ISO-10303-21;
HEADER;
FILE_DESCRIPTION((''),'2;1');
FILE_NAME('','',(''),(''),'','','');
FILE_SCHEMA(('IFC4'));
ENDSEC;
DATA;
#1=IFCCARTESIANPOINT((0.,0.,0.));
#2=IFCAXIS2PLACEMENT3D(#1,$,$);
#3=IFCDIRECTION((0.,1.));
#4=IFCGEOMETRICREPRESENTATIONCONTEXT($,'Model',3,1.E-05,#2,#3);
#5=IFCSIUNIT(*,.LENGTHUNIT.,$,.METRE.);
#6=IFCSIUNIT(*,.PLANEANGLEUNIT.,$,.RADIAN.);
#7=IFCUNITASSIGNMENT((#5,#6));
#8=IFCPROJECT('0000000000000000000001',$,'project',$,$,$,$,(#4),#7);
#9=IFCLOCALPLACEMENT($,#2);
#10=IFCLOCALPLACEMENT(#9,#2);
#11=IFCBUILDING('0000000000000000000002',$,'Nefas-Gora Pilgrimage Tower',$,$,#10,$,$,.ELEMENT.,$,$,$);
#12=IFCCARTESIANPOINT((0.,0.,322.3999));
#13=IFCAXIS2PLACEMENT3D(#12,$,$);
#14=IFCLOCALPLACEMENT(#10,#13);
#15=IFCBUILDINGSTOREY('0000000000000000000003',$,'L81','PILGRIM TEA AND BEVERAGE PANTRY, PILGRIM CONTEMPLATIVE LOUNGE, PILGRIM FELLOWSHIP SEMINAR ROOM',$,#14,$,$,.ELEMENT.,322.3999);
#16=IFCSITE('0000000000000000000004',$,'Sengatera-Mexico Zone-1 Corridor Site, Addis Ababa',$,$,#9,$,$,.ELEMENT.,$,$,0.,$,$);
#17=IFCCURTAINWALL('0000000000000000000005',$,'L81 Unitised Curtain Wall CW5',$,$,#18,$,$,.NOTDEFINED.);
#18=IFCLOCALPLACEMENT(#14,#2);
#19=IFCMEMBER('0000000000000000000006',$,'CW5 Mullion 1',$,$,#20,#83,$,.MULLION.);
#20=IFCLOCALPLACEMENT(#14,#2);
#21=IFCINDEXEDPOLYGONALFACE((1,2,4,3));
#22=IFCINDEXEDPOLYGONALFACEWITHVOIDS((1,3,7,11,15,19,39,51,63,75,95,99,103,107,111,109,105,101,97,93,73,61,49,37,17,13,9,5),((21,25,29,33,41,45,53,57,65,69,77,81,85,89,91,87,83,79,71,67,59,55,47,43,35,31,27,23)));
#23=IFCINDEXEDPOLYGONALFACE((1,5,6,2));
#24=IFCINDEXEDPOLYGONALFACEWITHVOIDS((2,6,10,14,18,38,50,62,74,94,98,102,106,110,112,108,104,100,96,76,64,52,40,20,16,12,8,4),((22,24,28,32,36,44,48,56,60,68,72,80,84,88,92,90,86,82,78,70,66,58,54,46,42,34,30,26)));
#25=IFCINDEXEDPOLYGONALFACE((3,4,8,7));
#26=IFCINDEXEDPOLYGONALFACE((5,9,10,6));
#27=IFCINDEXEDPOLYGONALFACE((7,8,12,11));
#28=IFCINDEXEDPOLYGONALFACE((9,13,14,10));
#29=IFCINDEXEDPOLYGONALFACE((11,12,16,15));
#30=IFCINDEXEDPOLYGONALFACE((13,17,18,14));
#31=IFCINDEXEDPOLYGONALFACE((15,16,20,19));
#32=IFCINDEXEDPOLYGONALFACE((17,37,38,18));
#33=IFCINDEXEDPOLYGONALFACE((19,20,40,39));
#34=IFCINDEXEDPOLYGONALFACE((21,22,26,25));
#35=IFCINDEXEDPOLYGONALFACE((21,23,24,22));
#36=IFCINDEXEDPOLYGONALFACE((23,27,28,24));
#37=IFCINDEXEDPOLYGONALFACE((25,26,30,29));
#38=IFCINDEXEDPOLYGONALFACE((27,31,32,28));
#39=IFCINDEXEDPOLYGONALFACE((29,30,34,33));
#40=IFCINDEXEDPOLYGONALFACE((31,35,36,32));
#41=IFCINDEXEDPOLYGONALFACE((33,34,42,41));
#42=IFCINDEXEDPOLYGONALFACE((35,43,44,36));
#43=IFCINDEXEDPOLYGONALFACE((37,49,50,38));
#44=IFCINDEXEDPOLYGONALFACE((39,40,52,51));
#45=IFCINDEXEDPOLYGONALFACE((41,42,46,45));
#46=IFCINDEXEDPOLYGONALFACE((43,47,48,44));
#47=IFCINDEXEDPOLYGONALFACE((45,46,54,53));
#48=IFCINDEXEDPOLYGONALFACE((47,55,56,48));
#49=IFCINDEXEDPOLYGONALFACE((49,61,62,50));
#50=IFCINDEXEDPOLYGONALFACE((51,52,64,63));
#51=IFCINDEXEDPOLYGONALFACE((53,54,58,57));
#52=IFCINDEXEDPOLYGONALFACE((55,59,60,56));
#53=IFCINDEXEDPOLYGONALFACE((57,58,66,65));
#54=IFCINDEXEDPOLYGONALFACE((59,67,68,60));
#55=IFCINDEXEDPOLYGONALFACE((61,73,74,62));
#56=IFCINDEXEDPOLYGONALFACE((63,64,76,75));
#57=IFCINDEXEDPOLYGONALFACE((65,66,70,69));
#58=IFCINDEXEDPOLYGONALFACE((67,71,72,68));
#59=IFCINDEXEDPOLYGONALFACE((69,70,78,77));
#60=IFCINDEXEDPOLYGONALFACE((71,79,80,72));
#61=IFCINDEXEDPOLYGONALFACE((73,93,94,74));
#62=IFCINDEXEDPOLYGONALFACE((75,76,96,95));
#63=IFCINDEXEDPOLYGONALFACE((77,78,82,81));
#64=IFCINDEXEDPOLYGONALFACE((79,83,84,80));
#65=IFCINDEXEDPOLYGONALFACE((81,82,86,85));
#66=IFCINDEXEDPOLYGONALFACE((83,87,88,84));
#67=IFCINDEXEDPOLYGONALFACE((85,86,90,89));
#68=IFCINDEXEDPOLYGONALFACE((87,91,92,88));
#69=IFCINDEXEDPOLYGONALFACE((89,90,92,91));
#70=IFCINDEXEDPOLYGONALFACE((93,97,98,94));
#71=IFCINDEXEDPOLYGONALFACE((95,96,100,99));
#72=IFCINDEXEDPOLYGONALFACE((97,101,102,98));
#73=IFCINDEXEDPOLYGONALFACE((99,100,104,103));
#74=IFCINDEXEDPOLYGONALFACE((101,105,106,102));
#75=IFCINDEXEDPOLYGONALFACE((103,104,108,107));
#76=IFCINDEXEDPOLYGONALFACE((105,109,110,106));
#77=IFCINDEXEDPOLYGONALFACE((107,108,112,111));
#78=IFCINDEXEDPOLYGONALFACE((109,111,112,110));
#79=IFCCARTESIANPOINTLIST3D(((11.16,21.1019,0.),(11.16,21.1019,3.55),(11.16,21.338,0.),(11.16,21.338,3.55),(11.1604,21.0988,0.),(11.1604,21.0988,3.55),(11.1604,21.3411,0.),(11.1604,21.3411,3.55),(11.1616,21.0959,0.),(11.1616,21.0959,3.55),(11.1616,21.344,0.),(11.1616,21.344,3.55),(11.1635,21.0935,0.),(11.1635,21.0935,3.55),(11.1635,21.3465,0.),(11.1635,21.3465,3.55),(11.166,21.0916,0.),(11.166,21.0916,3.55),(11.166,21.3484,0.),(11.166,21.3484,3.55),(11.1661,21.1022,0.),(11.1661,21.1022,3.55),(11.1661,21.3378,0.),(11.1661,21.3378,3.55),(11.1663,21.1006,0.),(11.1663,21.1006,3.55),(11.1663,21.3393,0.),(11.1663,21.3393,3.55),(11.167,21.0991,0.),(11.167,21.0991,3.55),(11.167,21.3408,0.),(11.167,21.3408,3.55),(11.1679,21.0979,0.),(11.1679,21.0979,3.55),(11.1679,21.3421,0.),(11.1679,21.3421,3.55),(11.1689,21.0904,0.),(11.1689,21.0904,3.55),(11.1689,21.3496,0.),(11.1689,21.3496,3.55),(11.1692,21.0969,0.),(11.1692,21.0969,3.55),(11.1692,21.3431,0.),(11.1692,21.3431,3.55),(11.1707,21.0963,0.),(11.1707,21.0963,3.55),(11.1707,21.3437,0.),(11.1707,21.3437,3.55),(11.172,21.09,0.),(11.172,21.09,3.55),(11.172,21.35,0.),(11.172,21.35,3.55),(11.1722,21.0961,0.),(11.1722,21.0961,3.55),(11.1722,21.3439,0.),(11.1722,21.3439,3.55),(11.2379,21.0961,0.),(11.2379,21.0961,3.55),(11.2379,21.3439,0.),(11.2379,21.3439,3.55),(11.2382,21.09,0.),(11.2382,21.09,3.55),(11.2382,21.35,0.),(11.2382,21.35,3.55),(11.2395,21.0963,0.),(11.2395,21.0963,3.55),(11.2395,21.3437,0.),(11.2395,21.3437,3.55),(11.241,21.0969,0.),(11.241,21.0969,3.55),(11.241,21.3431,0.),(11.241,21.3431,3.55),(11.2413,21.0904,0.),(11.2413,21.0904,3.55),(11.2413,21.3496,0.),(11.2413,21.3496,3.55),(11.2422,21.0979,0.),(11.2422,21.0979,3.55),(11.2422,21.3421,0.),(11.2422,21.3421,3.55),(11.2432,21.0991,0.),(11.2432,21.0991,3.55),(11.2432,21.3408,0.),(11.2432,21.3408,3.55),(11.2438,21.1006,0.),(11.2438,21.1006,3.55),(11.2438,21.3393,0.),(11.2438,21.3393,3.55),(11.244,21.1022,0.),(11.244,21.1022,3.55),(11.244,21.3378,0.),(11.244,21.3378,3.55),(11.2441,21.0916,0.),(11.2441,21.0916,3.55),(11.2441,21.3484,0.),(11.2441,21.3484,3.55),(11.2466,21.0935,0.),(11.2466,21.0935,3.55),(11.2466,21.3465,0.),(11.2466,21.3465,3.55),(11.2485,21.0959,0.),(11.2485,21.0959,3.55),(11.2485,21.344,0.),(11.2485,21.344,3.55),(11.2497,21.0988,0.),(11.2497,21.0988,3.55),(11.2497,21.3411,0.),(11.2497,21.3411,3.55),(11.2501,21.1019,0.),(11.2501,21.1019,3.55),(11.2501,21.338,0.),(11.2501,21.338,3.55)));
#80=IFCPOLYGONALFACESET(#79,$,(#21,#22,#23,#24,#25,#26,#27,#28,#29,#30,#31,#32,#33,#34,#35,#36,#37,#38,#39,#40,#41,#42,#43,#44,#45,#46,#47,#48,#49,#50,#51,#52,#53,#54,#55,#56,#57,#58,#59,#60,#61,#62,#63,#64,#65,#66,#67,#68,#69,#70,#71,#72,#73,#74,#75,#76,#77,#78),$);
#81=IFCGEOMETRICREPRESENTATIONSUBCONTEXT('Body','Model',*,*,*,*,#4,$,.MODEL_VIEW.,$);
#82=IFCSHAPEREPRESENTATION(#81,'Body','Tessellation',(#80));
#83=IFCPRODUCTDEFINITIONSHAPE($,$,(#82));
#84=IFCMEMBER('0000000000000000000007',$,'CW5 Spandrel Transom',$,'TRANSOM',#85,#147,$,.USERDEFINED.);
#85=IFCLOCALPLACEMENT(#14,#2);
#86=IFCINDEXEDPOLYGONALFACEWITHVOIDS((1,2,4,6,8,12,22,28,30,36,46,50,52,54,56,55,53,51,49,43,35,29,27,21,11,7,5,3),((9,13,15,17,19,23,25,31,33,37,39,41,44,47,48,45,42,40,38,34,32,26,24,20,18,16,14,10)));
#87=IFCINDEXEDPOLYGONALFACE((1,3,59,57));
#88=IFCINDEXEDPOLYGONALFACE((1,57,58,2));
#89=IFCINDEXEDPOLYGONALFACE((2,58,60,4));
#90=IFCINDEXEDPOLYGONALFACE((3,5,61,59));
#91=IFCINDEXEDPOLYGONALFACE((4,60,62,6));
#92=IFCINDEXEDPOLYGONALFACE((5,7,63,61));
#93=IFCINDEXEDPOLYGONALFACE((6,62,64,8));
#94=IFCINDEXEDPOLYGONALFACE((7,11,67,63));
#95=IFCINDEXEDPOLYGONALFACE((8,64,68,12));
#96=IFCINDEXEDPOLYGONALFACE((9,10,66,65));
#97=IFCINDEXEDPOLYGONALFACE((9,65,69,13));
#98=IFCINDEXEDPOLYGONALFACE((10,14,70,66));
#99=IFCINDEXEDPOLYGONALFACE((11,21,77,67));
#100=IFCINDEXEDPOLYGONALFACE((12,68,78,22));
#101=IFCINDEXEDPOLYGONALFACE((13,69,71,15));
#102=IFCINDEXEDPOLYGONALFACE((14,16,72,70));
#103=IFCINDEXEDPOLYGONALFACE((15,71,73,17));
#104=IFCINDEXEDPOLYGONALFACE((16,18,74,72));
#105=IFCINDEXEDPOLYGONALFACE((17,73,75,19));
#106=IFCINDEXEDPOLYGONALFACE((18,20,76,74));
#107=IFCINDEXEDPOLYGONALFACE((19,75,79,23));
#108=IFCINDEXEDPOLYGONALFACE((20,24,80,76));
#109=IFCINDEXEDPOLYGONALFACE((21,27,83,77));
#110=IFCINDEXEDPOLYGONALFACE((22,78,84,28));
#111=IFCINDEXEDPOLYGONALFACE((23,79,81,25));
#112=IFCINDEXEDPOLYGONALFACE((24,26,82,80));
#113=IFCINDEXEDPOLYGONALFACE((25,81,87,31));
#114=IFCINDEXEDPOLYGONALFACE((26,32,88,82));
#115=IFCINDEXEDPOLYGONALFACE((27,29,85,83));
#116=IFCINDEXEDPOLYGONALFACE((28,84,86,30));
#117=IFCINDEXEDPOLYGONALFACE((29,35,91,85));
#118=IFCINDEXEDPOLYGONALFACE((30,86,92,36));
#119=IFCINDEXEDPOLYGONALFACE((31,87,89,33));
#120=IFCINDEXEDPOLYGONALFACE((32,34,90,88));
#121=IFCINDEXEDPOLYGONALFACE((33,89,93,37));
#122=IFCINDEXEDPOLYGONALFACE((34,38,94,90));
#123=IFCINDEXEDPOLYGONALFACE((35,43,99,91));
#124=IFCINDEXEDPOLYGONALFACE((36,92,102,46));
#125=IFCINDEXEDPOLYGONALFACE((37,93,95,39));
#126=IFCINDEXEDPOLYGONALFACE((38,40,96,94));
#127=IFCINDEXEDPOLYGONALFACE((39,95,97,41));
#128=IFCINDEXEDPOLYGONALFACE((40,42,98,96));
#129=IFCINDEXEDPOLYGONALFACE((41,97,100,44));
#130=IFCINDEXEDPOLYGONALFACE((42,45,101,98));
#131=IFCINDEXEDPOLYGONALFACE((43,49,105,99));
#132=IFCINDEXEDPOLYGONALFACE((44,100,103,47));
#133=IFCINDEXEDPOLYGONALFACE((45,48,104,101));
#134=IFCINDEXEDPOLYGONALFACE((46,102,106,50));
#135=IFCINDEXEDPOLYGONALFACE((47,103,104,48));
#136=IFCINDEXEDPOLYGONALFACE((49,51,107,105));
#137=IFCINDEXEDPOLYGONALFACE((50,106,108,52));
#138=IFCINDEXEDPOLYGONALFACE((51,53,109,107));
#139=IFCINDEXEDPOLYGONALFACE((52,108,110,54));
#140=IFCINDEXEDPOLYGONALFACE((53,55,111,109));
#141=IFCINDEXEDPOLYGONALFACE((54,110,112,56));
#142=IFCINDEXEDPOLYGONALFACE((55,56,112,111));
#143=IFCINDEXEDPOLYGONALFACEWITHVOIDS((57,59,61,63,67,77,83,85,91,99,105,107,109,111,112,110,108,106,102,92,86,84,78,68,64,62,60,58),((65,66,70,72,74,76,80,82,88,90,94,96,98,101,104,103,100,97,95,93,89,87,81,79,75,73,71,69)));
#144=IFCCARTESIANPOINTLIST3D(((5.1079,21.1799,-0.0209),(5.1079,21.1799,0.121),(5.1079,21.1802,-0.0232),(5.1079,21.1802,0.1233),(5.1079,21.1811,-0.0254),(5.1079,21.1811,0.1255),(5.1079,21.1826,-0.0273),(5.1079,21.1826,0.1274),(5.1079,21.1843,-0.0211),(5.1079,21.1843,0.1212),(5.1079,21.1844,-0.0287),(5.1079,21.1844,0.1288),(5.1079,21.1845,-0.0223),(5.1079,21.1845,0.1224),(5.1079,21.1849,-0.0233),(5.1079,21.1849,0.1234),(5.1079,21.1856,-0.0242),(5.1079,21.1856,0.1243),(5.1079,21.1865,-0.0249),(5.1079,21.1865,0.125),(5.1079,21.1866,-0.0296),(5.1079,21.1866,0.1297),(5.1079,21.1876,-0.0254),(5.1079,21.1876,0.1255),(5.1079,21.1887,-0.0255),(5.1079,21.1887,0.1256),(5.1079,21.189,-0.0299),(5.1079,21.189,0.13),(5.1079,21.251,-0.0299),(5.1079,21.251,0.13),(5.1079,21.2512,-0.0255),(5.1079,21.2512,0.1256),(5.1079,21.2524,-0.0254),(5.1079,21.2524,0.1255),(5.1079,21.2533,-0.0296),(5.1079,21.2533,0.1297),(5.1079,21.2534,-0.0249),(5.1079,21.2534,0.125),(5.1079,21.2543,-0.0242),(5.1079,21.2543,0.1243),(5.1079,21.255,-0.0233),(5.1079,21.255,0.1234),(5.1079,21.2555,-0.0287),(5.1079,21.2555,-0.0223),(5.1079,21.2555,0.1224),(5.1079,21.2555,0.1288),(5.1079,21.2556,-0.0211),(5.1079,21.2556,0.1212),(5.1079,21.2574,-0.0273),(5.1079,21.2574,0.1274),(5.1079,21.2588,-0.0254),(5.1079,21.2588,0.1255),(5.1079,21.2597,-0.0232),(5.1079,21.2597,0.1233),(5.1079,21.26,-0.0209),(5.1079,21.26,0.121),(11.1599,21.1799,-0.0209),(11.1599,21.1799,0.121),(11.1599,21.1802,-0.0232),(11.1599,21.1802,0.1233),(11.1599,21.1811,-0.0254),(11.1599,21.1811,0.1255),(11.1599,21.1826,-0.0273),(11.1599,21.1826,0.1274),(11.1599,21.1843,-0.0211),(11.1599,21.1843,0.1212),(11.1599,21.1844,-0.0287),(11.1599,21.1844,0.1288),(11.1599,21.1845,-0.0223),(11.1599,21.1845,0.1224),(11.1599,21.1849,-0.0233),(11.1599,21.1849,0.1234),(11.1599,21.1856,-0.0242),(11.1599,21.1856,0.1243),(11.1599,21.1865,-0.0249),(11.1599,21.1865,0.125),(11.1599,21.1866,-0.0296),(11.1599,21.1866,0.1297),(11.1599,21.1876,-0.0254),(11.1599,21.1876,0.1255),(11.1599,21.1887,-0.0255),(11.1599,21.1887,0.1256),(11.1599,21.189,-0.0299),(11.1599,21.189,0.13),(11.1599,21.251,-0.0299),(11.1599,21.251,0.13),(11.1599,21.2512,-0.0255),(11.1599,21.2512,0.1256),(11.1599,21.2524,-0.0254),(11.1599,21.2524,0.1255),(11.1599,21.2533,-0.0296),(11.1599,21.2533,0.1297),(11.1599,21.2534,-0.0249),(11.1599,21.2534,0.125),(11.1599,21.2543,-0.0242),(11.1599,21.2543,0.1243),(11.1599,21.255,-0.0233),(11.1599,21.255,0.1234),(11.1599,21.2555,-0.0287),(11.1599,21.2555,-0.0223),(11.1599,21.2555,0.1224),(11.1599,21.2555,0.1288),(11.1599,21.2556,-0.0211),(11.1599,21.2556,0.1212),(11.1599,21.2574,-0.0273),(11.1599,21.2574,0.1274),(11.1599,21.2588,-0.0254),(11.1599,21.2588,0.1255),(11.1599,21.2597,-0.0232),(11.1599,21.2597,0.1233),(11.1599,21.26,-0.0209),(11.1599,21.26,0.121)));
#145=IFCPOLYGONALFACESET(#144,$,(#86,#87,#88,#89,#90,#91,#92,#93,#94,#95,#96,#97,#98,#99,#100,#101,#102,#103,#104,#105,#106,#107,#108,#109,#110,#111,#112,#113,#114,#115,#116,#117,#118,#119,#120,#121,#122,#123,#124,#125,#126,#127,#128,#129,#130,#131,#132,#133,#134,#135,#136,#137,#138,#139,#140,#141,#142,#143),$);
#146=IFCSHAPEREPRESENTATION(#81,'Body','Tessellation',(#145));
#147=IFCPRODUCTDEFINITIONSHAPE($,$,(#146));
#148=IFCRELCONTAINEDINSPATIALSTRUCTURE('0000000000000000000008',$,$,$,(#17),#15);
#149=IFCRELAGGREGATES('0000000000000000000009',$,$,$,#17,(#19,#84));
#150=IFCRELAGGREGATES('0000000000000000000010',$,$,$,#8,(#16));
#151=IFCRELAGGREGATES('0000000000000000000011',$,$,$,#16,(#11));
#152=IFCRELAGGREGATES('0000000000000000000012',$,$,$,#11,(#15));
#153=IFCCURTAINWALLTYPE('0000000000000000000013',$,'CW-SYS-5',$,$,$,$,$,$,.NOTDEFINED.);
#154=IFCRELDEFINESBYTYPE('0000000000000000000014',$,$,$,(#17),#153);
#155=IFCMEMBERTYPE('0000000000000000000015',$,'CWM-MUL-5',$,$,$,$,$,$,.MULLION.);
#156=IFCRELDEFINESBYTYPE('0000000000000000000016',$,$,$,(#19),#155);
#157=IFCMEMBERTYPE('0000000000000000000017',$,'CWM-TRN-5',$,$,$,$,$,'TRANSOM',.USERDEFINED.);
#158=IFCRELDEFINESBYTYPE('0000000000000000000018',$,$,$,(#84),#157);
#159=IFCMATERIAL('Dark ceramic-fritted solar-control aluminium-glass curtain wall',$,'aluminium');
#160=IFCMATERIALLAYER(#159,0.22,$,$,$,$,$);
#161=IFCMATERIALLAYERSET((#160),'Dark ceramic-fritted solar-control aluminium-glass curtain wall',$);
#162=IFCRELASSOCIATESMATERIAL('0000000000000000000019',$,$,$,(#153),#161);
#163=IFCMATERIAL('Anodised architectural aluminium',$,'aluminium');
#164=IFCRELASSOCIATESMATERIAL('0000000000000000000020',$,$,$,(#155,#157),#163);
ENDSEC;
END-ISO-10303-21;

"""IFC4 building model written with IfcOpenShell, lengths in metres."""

from ifc_helpers import new_model, si_unit, direction, frame, origin, origin_2d, place, context, subcontext, project, spatial, hollow_rectangle, extrude, source, transform, mapped, material, layer, layer_set, material_profile, profile_set, type_object, element, aggregate, save


model = new_model("IFC4")

# Units and contexts
model_context = context("Model", 3, precision=1e-05, world=origin(), true_north=direction((0.0, 1.0)))
body_context = subcontext(model_context, "Body", "Model", "MODEL_VIEW")
ifc_project = project(units=[si_unit("LENGTHUNIT", "METRE"), si_unit("PLANEANGLEUNIT", "RADIAN")], contexts=[model_context])

# Site, building, storey
site_placement = place(None, origin())
site = spatial("IfcSite", under=ifc_project, at=site_placement, Name="Sengatera-Mexico Zone-1 Corridor Site, Addis Ababa", CompositionType="ELEMENT", RefElevation=0.0)
building_placement = place(site_placement, origin())
building = spatial("IfcBuilding", under=site, at=building_placement, Name="Nefas-Gora Pilgrimage Tower", CompositionType="ELEMENT")
storey_placement = place(building_placement, frame((0.0, 0.0, 322.3999)))
storey = spatial("IfcBuildingStorey", under=building, at=storey_placement, Name="L81", Description="PILGRIM TEA AND BEVERAGE PANTRY, PILGRIM CONTEMPLATIVE LOUNGE, PILGRIM FELLOWSHIP SEMINAR ROOM", CompositionType="ELEMENT", Elevation=322.3999)

# Curtain wall, members
ifc_material_1 = material(Name="Dark ceramic-fritted solar-control aluminium-glass curtain wall", Category="aluminium")
ifc_layer_1 = layer(ifc_material_1, 0.22)
ifc_layer_set_1 = layer_set([ifc_layer_1], Name="Dark ceramic-fritted solar-control aluminium-glass curtain wall")
curtain_wall_type_1 = type_object("IfcCurtainWallType", Name="CW-SYS-5", PredefinedType="NOTDEFINED", material=ifc_layer_set_1)
curtain_wall_1_placement = place(storey_placement, origin())
curtain_wall_1 = element("IfcCurtainWall", 1, at=curtain_wall_1_placement, inside=storey, type_object=curtain_wall_type_1, Name="L81 Unitised Curtain Wall CW5", PredefinedType="NOTDEFINED")
ifc_material_2 = material(Name="Anodised architectural aluminium", Category="aluminium")
ifc_material_profile_1 = material_profile(ifc_material_2, hollow_rectangle(XDim=0.0901, YDim=0.26, WallThickness=0.0061, InnerFilletRadius=0.0061, OuterFilletRadius=0.012, at=origin_2d()), Name="ALU MULLION 90x260")
ifc_profile_set_1 = profile_set([ifc_material_profile_1], Name="Anodised architectural aluminium")
member_type_1 = type_object("IfcMemberType", Name="CWM-MUL-5", PredefinedType="MULLION", material=ifc_profile_set_1)
shared_shape_1 = source(origin(), body_context, "Body", "SweptSolid", [
    extrude(hollow_rectangle(XDim=0.0901, YDim=0.26, WallThickness=0.0061, InnerFilletRadius=0.0061, OuterFilletRadius=0.012, at=origin_2d()), origin(), (0.0, 0.0, 1.0), 3.55),
])
member_1_placement = place(storey_placement, frame((11.2051, 21.22, 0.0), z_axis=(0.0, 0.0, 1.0), x_axis=(-1.0, 0.0, 0.0)))
member_1 = element("IfcMember", 2, at=member_1_placement, type_object=member_type_1, Name="CW5 Mullion 1", PredefinedType="MULLION", context=body_context, shape_type="MappedRepresentation", body=[
    mapped(shared_shape_1, transform((0.0, 0.0, 0.0), x_axis=(1.0, 0.0, 0.0), y_axis=(0.0, 1.0, 0.0), z_axis=(0.0, 0.0, 1.0), scale=1.0)),
])
ifc_material_profile_2 = material_profile(ifc_material_2, hollow_rectangle(XDim=0.0801, YDim=0.1599, WallThickness=0.0044, InnerFilletRadius=0.0044, OuterFilletRadius=0.009, at=origin_2d()), Name="ALU TRANSOM 80x160")
ifc_profile_set_2 = profile_set([ifc_material_profile_2], Name="Anodised architectural aluminium")
member_type_2 = type_object("IfcMemberType", Name="CWM-TRN-5", ElementType="TRANSOM", PredefinedType="USERDEFINED", material=ifc_profile_set_2)
shared_shape_2 = source(origin(), body_context, "Body", "SweptSolid", [
    extrude(hollow_rectangle(XDim=0.0801, YDim=0.1599, WallThickness=0.0044, InnerFilletRadius=0.0044, OuterFilletRadius=0.009, at=origin_2d()), origin(), (0.0, 0.0, 1.0), 6.052),
])
member_2_placement = place(storey_placement, frame((11.1599, 21.22, 0.05), z_axis=(-1.0, 0.0, 0.0), x_axis=(0.0, -1.0, 0.0)))
member_2 = element("IfcMember", 3, at=member_2_placement, type_object=member_type_2, Name="CW5 Spandrel Transom", ObjectType="TRANSOM", PredefinedType="USERDEFINED", context=body_context, shape_type="MappedRepresentation", body=[
    mapped(shared_shape_2, transform((0.0, 0.0, 0.0), x_axis=(1.0, 0.0, 0.0), y_axis=(0.0, 1.0, 0.0), z_axis=(0.0, 0.0, 1.0), scale=1.0)),
])

aggregate(curtain_wall_1, [member_1, member_2])

save(model, "model.ifc")
